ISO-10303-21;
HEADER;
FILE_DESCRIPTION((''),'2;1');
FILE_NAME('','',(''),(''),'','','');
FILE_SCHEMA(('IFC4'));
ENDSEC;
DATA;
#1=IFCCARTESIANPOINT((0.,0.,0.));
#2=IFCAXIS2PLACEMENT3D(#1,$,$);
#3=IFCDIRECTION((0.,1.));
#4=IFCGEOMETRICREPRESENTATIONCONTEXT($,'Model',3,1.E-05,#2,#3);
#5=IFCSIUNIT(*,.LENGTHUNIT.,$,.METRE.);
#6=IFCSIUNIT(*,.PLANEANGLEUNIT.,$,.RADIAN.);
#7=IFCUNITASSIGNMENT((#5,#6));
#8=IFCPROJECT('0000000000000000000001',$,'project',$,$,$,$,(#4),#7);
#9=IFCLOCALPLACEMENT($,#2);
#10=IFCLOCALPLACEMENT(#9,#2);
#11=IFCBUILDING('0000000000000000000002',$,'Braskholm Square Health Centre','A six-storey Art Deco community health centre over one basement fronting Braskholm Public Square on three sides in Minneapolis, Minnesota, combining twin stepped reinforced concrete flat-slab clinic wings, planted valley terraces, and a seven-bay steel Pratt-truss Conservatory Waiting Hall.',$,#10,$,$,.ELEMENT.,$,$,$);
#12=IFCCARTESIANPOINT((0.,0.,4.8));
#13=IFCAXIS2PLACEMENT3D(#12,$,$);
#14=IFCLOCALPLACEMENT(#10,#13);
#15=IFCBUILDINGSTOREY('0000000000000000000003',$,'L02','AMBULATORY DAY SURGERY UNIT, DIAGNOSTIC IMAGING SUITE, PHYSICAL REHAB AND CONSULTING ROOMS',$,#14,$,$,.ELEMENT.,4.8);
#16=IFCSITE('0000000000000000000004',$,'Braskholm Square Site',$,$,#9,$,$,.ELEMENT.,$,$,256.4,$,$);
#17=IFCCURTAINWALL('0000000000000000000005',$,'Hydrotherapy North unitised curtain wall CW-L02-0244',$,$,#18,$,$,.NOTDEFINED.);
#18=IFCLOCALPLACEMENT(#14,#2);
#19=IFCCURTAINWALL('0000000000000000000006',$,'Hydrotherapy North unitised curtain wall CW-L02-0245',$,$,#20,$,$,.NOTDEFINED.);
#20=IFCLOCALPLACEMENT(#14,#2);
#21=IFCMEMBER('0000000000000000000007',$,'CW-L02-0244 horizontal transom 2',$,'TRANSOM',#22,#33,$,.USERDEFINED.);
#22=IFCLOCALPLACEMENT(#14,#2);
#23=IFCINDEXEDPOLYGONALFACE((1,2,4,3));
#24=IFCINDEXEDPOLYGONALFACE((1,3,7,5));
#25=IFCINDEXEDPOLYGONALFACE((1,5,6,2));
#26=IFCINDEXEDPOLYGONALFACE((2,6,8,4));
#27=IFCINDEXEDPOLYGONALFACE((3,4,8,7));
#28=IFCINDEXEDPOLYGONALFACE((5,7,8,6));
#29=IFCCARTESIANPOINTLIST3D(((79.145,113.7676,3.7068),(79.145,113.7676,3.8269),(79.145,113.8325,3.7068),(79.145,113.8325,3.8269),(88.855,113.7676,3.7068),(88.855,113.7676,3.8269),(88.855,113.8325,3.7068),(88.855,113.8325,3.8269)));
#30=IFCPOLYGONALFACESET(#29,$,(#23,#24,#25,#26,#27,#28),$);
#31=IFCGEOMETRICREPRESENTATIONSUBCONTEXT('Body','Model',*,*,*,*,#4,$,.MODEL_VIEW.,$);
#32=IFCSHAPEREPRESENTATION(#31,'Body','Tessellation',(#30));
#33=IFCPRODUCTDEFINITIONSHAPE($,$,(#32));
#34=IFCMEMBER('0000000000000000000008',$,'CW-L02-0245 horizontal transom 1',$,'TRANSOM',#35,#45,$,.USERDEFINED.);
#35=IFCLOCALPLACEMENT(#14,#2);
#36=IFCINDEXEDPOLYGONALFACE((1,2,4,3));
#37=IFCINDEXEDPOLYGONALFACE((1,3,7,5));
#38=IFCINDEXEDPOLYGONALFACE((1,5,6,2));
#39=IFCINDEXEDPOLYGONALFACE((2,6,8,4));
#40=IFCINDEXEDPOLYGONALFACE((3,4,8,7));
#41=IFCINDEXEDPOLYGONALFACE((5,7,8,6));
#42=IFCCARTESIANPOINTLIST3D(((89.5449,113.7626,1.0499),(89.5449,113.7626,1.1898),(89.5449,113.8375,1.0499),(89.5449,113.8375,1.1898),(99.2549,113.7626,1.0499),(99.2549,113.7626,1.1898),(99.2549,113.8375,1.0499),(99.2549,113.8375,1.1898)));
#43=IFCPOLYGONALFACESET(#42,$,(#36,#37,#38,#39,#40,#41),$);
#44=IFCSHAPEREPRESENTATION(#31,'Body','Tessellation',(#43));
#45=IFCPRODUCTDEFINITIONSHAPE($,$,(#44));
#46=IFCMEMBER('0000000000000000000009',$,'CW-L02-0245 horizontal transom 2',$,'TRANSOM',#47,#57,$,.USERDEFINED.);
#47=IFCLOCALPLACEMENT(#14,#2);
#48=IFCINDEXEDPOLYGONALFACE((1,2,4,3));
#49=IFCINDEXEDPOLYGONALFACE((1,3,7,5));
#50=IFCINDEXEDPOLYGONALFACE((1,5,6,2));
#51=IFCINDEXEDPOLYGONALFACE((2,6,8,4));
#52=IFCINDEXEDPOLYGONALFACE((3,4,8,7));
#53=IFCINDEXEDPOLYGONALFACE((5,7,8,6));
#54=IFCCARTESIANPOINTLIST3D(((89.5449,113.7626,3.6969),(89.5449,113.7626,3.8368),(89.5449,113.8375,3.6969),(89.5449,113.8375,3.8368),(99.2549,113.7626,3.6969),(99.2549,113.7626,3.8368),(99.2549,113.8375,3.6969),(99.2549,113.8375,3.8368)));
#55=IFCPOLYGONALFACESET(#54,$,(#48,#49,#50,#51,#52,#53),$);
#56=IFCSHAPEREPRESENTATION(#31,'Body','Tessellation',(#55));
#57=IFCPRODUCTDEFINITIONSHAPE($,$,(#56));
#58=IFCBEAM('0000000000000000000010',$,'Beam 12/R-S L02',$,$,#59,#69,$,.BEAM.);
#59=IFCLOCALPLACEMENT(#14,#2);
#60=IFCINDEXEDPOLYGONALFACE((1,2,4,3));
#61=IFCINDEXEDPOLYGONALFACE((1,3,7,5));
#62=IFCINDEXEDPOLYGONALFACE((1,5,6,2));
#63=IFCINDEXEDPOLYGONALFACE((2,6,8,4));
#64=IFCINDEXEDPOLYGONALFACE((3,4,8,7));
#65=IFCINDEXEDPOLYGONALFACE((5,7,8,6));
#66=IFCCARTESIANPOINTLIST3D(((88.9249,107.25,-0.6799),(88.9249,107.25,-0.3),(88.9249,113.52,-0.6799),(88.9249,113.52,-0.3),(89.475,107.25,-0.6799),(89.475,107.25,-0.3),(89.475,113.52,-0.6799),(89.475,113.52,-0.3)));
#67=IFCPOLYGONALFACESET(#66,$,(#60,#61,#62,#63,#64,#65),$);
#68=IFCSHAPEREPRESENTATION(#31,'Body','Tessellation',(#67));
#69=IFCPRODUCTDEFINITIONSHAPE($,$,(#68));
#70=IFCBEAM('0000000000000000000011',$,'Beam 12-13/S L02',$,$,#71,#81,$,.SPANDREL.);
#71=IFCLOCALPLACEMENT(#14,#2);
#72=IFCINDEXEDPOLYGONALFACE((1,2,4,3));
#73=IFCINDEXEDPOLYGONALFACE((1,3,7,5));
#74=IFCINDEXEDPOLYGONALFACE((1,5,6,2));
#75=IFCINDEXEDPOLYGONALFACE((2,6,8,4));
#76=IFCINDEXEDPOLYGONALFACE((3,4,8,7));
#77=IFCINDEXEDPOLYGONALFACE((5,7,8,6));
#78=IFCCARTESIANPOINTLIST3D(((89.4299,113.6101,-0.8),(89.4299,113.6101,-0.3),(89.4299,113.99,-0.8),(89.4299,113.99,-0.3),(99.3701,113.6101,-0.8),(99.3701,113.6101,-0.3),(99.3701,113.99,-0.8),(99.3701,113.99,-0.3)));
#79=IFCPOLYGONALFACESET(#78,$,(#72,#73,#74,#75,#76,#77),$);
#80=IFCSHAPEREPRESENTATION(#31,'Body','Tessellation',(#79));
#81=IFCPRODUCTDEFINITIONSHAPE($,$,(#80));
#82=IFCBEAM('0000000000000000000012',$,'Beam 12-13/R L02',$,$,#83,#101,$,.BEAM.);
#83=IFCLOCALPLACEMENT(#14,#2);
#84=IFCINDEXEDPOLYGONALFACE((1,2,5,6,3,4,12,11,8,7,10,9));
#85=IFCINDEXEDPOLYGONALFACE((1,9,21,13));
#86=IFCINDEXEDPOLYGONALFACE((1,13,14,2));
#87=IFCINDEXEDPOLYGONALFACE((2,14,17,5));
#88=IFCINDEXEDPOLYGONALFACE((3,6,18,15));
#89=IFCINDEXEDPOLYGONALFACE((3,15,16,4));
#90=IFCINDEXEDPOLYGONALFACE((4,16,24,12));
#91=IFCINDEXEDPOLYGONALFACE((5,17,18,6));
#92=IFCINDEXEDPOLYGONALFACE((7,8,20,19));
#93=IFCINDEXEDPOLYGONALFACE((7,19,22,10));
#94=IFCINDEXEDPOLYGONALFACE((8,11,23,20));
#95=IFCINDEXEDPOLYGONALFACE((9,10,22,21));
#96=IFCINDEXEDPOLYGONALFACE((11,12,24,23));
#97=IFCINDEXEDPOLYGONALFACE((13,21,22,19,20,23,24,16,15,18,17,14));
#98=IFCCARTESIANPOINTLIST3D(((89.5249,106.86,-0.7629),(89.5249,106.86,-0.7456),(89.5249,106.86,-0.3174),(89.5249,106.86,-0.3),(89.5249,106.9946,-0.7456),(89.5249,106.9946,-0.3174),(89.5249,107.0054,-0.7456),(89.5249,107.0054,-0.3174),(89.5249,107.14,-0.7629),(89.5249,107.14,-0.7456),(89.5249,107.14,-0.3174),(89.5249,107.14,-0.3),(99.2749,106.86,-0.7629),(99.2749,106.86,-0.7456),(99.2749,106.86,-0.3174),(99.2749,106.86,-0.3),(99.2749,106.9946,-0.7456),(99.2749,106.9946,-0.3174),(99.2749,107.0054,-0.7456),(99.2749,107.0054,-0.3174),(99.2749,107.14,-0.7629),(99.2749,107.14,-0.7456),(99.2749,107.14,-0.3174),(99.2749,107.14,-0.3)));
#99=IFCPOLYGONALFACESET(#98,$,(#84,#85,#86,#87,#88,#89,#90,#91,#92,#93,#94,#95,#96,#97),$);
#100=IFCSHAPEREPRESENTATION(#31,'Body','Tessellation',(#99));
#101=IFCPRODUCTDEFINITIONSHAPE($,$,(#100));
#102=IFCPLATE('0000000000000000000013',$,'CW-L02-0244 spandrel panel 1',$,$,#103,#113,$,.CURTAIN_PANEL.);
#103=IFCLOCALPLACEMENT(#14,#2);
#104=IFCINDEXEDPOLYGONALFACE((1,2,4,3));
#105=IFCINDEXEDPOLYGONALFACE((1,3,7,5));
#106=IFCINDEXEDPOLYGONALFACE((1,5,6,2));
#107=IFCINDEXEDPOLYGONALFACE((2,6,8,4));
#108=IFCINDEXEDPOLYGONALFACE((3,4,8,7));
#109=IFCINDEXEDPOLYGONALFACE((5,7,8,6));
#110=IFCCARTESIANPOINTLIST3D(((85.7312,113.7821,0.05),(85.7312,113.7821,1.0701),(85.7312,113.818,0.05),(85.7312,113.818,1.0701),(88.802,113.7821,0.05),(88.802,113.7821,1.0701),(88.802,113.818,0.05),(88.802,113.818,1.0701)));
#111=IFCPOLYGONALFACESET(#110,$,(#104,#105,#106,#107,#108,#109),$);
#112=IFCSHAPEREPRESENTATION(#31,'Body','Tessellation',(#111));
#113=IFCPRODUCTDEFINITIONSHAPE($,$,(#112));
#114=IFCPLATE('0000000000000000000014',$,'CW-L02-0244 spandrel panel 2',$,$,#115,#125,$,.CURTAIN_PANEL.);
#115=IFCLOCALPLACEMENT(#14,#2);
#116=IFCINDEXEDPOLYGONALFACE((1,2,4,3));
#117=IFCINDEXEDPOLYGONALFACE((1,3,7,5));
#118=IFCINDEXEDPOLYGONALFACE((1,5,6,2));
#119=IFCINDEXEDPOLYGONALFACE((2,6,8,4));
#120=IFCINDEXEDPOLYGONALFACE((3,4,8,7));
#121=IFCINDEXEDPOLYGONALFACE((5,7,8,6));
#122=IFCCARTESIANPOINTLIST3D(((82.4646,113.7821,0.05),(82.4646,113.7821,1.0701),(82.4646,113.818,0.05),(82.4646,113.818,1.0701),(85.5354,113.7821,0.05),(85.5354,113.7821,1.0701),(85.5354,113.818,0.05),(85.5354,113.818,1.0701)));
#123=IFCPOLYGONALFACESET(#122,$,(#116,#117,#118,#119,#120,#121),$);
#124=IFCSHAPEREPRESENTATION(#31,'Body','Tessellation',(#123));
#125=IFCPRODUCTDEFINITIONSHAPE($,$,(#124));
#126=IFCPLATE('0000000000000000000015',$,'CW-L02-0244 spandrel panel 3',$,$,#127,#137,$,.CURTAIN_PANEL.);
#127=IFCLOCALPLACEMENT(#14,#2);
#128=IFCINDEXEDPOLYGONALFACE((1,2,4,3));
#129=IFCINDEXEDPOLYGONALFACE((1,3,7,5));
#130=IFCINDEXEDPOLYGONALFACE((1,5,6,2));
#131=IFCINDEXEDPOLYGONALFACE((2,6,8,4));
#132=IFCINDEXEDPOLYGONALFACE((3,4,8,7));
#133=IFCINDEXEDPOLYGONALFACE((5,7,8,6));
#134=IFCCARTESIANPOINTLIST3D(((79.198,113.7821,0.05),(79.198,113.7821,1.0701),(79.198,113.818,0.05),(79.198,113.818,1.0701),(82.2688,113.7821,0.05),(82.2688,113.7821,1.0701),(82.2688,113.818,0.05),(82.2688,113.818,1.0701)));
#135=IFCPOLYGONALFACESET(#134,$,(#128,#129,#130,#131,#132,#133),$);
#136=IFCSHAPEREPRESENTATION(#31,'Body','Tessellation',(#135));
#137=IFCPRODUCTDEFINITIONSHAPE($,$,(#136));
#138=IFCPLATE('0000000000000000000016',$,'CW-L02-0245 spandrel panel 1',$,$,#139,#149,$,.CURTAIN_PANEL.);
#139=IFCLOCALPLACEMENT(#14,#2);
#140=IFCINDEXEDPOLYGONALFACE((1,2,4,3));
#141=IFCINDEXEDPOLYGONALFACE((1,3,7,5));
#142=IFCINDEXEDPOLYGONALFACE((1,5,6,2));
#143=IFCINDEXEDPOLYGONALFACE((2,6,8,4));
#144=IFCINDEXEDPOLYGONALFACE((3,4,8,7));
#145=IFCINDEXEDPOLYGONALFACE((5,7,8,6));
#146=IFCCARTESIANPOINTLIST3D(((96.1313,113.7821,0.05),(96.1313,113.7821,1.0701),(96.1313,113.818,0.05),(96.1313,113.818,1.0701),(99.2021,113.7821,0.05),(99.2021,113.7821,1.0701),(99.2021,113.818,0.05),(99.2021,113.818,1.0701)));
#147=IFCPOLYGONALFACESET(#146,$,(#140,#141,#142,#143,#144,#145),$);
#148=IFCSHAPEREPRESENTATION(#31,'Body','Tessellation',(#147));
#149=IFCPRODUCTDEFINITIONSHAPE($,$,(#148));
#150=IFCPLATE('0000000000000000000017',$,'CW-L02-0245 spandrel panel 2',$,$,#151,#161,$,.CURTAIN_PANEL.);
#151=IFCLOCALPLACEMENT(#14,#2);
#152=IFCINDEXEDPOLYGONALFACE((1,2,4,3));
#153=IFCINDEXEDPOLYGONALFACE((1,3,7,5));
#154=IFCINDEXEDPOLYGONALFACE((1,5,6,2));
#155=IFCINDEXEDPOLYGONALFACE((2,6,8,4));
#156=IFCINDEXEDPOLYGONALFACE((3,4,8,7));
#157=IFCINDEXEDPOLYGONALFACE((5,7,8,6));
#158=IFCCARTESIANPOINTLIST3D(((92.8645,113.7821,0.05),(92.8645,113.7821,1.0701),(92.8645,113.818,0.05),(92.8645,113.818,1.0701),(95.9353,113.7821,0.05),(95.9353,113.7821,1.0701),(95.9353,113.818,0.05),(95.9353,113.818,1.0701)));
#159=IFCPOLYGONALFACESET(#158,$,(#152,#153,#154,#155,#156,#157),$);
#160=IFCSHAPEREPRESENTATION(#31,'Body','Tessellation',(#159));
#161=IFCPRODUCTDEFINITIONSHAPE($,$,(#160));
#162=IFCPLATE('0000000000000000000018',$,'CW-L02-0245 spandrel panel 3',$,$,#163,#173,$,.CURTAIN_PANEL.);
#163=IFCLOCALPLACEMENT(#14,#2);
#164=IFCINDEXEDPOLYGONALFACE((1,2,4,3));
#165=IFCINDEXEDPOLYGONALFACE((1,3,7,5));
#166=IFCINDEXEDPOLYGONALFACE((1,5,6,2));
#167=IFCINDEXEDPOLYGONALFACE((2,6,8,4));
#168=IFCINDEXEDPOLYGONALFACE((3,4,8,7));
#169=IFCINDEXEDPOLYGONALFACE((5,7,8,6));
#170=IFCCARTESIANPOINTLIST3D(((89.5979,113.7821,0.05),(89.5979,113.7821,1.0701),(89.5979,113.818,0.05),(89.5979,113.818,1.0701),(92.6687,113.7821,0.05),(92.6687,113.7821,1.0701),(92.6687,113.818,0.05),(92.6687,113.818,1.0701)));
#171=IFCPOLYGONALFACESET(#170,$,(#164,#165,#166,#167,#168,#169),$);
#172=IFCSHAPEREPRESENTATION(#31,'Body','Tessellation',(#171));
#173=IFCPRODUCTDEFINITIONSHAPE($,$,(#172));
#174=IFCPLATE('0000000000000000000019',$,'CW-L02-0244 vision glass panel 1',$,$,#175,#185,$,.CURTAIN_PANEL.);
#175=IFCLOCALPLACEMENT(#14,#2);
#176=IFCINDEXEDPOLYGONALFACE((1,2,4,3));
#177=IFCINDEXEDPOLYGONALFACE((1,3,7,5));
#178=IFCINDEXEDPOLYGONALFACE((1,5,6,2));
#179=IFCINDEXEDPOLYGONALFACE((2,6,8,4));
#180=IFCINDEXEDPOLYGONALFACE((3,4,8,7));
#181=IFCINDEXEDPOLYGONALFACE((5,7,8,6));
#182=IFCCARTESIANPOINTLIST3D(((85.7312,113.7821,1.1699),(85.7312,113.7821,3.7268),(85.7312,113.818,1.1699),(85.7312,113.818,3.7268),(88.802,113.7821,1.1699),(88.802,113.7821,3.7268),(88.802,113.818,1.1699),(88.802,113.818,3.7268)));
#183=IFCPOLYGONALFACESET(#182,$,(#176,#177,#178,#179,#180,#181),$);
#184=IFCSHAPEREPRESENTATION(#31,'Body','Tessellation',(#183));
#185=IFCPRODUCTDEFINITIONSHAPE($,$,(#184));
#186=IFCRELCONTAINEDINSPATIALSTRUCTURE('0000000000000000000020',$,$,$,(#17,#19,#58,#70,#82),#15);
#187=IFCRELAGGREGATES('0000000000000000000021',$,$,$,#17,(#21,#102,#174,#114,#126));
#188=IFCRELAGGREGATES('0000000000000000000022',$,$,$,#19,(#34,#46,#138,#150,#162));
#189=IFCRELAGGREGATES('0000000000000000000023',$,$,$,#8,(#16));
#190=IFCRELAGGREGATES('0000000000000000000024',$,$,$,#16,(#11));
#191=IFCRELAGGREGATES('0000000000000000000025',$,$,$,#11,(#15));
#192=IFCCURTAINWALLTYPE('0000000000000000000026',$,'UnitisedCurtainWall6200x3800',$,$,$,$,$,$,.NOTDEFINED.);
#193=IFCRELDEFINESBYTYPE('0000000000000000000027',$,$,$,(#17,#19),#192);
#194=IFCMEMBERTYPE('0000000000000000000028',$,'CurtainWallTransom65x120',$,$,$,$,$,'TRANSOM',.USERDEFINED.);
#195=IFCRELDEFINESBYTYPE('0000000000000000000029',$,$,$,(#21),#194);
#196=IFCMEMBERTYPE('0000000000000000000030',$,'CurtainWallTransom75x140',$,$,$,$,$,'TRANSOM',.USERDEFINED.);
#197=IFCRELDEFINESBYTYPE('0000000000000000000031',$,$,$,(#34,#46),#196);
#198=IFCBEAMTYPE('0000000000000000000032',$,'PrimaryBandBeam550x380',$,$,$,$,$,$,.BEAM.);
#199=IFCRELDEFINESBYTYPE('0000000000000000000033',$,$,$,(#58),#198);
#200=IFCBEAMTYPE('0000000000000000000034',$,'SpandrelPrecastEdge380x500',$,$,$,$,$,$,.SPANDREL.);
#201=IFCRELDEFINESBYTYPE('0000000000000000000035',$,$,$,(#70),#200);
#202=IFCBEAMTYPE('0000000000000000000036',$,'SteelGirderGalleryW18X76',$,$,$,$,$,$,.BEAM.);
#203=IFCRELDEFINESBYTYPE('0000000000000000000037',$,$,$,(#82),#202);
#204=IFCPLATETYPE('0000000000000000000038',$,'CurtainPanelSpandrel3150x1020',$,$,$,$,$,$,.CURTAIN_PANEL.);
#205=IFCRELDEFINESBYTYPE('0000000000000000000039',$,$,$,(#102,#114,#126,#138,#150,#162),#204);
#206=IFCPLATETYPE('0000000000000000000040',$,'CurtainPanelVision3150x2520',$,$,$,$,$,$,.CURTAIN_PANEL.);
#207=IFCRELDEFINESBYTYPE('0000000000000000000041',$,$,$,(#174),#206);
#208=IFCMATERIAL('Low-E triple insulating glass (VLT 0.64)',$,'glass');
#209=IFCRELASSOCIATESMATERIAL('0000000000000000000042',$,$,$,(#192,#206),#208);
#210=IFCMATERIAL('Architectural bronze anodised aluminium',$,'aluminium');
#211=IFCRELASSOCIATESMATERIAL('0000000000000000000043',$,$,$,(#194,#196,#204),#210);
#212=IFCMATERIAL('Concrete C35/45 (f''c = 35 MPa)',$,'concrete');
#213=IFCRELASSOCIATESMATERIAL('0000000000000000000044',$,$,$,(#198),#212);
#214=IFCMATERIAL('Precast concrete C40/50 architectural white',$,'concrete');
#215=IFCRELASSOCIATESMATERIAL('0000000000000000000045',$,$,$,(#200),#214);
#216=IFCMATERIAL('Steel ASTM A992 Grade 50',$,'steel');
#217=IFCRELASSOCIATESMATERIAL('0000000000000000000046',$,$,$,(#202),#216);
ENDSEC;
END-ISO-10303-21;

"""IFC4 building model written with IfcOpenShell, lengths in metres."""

from ifc_helpers import new_model, si_unit, direction, frame, origin, origin_2d, place, context, subcontext, project, spatial, rectangle, i_section, extrude, material, material_profile, profile_set, type_object, element, aggregate, save


model = new_model("IFC4")

# Units and contexts
model_context = context("Model", 3, precision=1e-05, world=origin(), true_north=direction((0.0, 1.0)))
body_context = subcontext(model_context, "Body", "Model", "MODEL_VIEW")
ifc_project = project(units=[si_unit("LENGTHUNIT", "METRE"), si_unit("PLANEANGLEUNIT", "RADIAN")], contexts=[model_context])

# Site, building, storey
site_placement = place(None, origin())
site = spatial("IfcSite", under=ifc_project, at=site_placement, Name="Braskholm Square Site", CompositionType="ELEMENT", RefElevation=256.4)
building_placement = place(site_placement, origin())
building = spatial("IfcBuilding", under=site, at=building_placement, Name="Braskholm Square Health Centre", Description="A six-storey Art Deco community health centre over one basement fronting Braskholm Public Square on three sides in Minneapolis, Minnesota, combining twin stepped reinforced concrete flat-slab clinic wings, planted valley terraces, and a seven-bay steel Pratt-truss Conservatory Waiting Hall.", CompositionType="ELEMENT")
storey_placement = place(building_placement, frame((0.0, 0.0, 4.8)))
storey = spatial("IfcBuildingStorey", under=building, at=storey_placement, Name="L02", Description="AMBULATORY DAY SURGERY UNIT, DIAGNOSTIC IMAGING SUITE, PHYSICAL REHAB AND CONSULTING ROOMS", CompositionType="ELEMENT", Elevation=4.8)

# Shared definitions
ifc_material_1 = material(Name="Precast concrete C40/50 architectural white", Category="concrete")

# Curtain walls
ifc_material_2 = material(Name="Low-E triple insulating glass (VLT 0.64)", Category="glass")
curtain_wall_type = type_object("IfcCurtainWallType", Name="UnitisedCurtainWall6200x3800", PredefinedType="NOTDEFINED", material=ifc_material_2)
curtain_wall_1_placement = place(storey_placement, origin())
curtain_wall_1 = element("IfcCurtainWall", 1, at=curtain_wall_1_placement, inside=storey, type_object=curtain_wall_type, Name="Hydrotherapy North unitised curtain wall CW-L02-0244", PredefinedType="NOTDEFINED")
ifc_material_3 = material(Name="Architectural bronze anodised aluminium", Category="aluminium")
curtain_wall_2_placement = place(storey_placement, origin())
curtain_wall_2 = element("IfcCurtainWall", 2, at=curtain_wall_2_placement, inside=storey, type_object=curtain_wall_type, Name="Hydrotherapy North unitised curtain wall CW-L02-0245", PredefinedType="NOTDEFINED")

# Members
ifc_material_profile_1 = material_profile(ifc_material_3, rectangle(XDim=0.0649, YDim=0.1201, at=origin_2d()), Name="ALU-65X120")
ifc_profile_set_1 = profile_set([ifc_material_profile_1], Name="Architectural bronze anodised aluminium")
member_type_1 = type_object("IfcMemberType", Name="CurtainWallTransom65x120", ElementType="TRANSOM", PredefinedType="USERDEFINED", material=ifc_profile_set_1)
member_1_placement = place(storey_placement, frame((88.855, 113.8, 3.7668), z_axis=(-1.0, 0.0, 0.0), x_axis=(0.0, -1.0, 0.0)))
member_1 = element("IfcMember", 3, at=member_1_placement, type_object=member_type_1, Name="CW-L02-0244 horizontal transom 2", ObjectType="TRANSOM", PredefinedType="USERDEFINED", context=body_context, shape_type="SweptSolid", body=[
    extrude(rectangle(XDim=0.0649, YDim=0.1201, at=origin_2d()), origin(), (0.0, 0.0, 1.0), 9.71),
])
ifc_material_profile_2 = material_profile(ifc_material_3, rectangle(XDim=0.075, YDim=0.1399, at=origin_2d()), Name="ALU-75X140")
ifc_profile_set_2 = profile_set([ifc_material_profile_2], Name="Architectural bronze anodised aluminium")
member_type_2 = type_object("IfcMemberType", Name="CurtainWallTransom75x140", ElementType="TRANSOM", PredefinedType="USERDEFINED", material=ifc_profile_set_2)
member_2_placement = place(storey_placement, frame((99.2549, 113.8, 1.1199), z_axis=(-1.0, 0.0, 0.0), x_axis=(0.0, -1.0, 0.0)))
member_2 = element("IfcMember", 4, at=member_2_placement, type_object=member_type_2, Name="CW-L02-0245 horizontal transom 1", ObjectType="TRANSOM", PredefinedType="USERDEFINED", context=body_context, shape_type="SweptSolid", body=[
    extrude(rectangle(XDim=0.075, YDim=0.1399, at=origin_2d()), origin(), (0.0, 0.0, 1.0), 9.71),
])
member_3_placement = place(storey_placement, frame((99.2549, 113.8, 3.7668), z_axis=(-1.0, 0.0, 0.0), x_axis=(0.0, -1.0, 0.0)))
member_3 = element("IfcMember", 5, at=member_3_placement, type_object=member_type_2, Name="CW-L02-0245 horizontal transom 2", ObjectType="TRANSOM", PredefinedType="USERDEFINED", context=body_context, shape_type="SweptSolid", body=[
    extrude(rectangle(XDim=0.075, YDim=0.1399, at=origin_2d()), origin(), (0.0, 0.0, 1.0), 9.71),
])

# Beams
ifc_material_4 = material(Name="Concrete C35/45 (f'c = 35 MPa)", Category="concrete")
ifc_material_profile_3 = material_profile(ifc_material_4, rectangle(XDim=0.55, YDim=0.3799, at=origin_2d()), Name="RCB-550X380")
ifc_profile_set_3 = profile_set([ifc_material_profile_3], Name="Concrete C35/45 (f'c = 35 MPa)")
beam_type_1 = type_object("IfcBeamType", Name="PrimaryBandBeam550x380", PredefinedType="BEAM", material=ifc_profile_set_3)
beam_1_placement = place(storey_placement, frame((89.2, 107.25, -0.49), z_axis=(0.0, 1.0, 0.0), x_axis=(-1.0, 0.0, 0.0)))
element("IfcBeam", 6, at=beam_1_placement, inside=storey, type_object=beam_type_1, Name="Beam 12/R-S L02", PredefinedType="BEAM", context=body_context, shape_type="SweptSolid", body=[
    extrude(rectangle(XDim=0.55, YDim=0.3799, at=origin_2d()), origin(), (0.0, 0.0, 1.0), 6.27),
])
ifc_material_profile_4 = material_profile(ifc_material_1, rectangle(XDim=0.3799, YDim=0.5, at=origin_2d()), Name="RCB-380X500")
ifc_profile_set_4 = profile_set([ifc_material_profile_4], Name="Precast concrete C40/50 architectural white")
beam_type_2 = type_object("IfcBeamType", Name="SpandrelPrecastEdge380x500", PredefinedType="SPANDREL", material=ifc_profile_set_4)
beam_2_placement = place(storey_placement, frame((89.4299, 113.8, -0.55), z_axis=(1.0, 0.0, 0.0), x_axis=(0.0, 1.0, 0.0)))
element("IfcBeam", 7, at=beam_2_placement, inside=storey, type_object=beam_type_2, Name="Beam 12-13/S L02", PredefinedType="SPANDREL", context=body_context, shape_type="SweptSolid", body=[
    extrude(rectangle(XDim=0.3799, YDim=0.5, at=origin_2d()), origin(), (0.0, 0.0, 1.0), 9.9402),
])
ifc_material_5 = material(Name="Steel ASTM A992 Grade 50", Category="steel")
ifc_material_profile_5 = material_profile(ifc_material_5, i_section(OverallWidth=0.28, OverallDepth=0.4629, WebThickness=0.0107, FlangeThickness=0.0173, at=origin_2d()), Name="W18X76")
ifc_profile_set_5 = profile_set([ifc_material_profile_5], Name="Steel ASTM A992 Grade 50")
beam_type_3 = type_object("IfcBeamType", Name="SteelGirderGalleryW18X76", PredefinedType="BEAM", material=ifc_profile_set_5)
beam_3_placement = place(storey_placement, frame((89.5249, 107.0, -0.5315), z_axis=(1.0, 0.0, 0.0), x_axis=(0.0, 1.0, 0.0)))
element("IfcBeam", 8, at=beam_3_placement, inside=storey, type_object=beam_type_3, Name="Beam 12-13/R L02", PredefinedType="BEAM", context=body_context, shape_type="SweptSolid", body=[
    extrude(i_section(OverallWidth=0.28, OverallDepth=0.4629, WebThickness=0.0107, FlangeThickness=0.0173, at=origin_2d()), origin(), (0.0, 0.0, 1.0), 9.75),
])

# Plates
plate_type_1 = type_object("IfcPlateType", Name="CurtainPanelSpandrel3150x1020", PredefinedType="CURTAIN_PANEL", material=ifc_material_3)
plate_1_placement = place(storey_placement, frame((87.2666, 113.8, 0.05), z_axis=(0.0, 0.0, 1.0), x_axis=(-1.0, 0.0, 0.0)))
plate_1 = element("IfcPlate", 9, at=plate_1_placement, type_object=plate_type_1, Name="CW-L02-0244 spandrel panel 1", PredefinedType="CURTAIN_PANEL", context=body_context, shape_type="SweptSolid", body=[
    extrude(rectangle(XDim=3.0708, YDim=0.0359, at=origin_2d()), origin(), (0.0, 0.0, 1.0), 1.02),
])
plate_2_placement = place(storey_placement, frame((84.0, 113.8, 0.05), z_axis=(0.0, 0.0, 1.0), x_axis=(-1.0, 0.0, 0.0)))
plate_2 = element("IfcPlate", 10, at=plate_2_placement, type_object=plate_type_1, Name="CW-L02-0244 spandrel panel 2", PredefinedType="CURTAIN_PANEL", context=body_context, shape_type="SweptSolid", body=[
    extrude(rectangle(XDim=3.0708, YDim=0.0359, at=origin_2d()), origin(), (0.0, 0.0, 1.0), 1.02),
])
plate_3_placement = place(storey_placement, frame((80.7334, 113.8, 0.05), z_axis=(0.0, 0.0, 1.0), x_axis=(-1.0, 0.0, 0.0)))
plate_3 = element("IfcPlate", 11, at=plate_3_placement, type_object=plate_type_1, Name="CW-L02-0244 spandrel panel 3", PredefinedType="CURTAIN_PANEL", context=body_context, shape_type="SweptSolid", body=[
    extrude(rectangle(XDim=3.0708, YDim=0.0359, at=origin_2d()), origin(), (0.0, 0.0, 1.0), 1.02),
])
plate_4_placement = place(storey_placement, frame((97.6667, 113.8, 0.05), z_axis=(0.0, 0.0, 1.0), x_axis=(-1.0, 0.0, 0.0)))
plate_4 = element("IfcPlate", 12, at=plate_4_placement, type_object=plate_type_1, Name="CW-L02-0245 spandrel panel 1", PredefinedType="CURTAIN_PANEL", context=body_context, shape_type="SweptSolid", body=[
    extrude(rectangle(XDim=3.0708, YDim=0.0359, at=origin_2d()), origin(), (0.0, 0.0, 1.0), 1.02),
])
plate_5_placement = place(storey_placement, frame((94.3999, 113.8, 0.05), z_axis=(0.0, 0.0, 1.0), x_axis=(-1.0, 0.0, 0.0)))
plate_5 = element("IfcPlate", 13, at=plate_5_placement, type_object=plate_type_1, Name="CW-L02-0245 spandrel panel 2", PredefinedType="CURTAIN_PANEL", context=body_context, shape_type="SweptSolid", body=[
    extrude(rectangle(XDim=3.0708, YDim=0.0359, at=origin_2d()), origin(), (0.0, 0.0, 1.0), 1.02),
])
plate_6_placement = place(storey_placement, frame((91.1333, 113.8, 0.05), z_axis=(0.0, 0.0, 1.0), x_axis=(-1.0, 0.0, 0.0)))
plate_6 = element("IfcPlate", 14, at=plate_6_placement, type_object=plate_type_1, Name="CW-L02-0245 spandrel panel 3", PredefinedType="CURTAIN_PANEL", context=body_context, shape_type="SweptSolid", body=[
    extrude(rectangle(XDim=3.0708, YDim=0.0359, at=origin_2d()), origin(), (0.0, 0.0, 1.0), 1.02),
])
plate_type_2 = type_object("IfcPlateType", Name="CurtainPanelVision3150x2520", PredefinedType="CURTAIN_PANEL", material=ifc_material_2)
plate_7_placement = place(storey_placement, frame((87.2666, 113.8, 1.1699), z_axis=(0.0, 0.0, 1.0), x_axis=(-1.0, 0.0, 0.0)))
plate_7 = element("IfcPlate", 15, at=plate_7_placement, type_object=plate_type_2, Name="CW-L02-0244 vision glass panel 1", PredefinedType="CURTAIN_PANEL", context=body_context, shape_type="SweptSolid", body=[
    extrude(rectangle(XDim=3.0708, YDim=0.0359, at=origin_2d()), origin(), (0.0, 0.0, 1.0), 2.5569),
])
aggregate(curtain_wall_1, [member_1, plate_1, plate_7, plate_2, plate_3])
aggregate(curtain_wall_2, [member_2, member_3, plate_4, plate_5, plate_6])

save(model, "model.ifc")
